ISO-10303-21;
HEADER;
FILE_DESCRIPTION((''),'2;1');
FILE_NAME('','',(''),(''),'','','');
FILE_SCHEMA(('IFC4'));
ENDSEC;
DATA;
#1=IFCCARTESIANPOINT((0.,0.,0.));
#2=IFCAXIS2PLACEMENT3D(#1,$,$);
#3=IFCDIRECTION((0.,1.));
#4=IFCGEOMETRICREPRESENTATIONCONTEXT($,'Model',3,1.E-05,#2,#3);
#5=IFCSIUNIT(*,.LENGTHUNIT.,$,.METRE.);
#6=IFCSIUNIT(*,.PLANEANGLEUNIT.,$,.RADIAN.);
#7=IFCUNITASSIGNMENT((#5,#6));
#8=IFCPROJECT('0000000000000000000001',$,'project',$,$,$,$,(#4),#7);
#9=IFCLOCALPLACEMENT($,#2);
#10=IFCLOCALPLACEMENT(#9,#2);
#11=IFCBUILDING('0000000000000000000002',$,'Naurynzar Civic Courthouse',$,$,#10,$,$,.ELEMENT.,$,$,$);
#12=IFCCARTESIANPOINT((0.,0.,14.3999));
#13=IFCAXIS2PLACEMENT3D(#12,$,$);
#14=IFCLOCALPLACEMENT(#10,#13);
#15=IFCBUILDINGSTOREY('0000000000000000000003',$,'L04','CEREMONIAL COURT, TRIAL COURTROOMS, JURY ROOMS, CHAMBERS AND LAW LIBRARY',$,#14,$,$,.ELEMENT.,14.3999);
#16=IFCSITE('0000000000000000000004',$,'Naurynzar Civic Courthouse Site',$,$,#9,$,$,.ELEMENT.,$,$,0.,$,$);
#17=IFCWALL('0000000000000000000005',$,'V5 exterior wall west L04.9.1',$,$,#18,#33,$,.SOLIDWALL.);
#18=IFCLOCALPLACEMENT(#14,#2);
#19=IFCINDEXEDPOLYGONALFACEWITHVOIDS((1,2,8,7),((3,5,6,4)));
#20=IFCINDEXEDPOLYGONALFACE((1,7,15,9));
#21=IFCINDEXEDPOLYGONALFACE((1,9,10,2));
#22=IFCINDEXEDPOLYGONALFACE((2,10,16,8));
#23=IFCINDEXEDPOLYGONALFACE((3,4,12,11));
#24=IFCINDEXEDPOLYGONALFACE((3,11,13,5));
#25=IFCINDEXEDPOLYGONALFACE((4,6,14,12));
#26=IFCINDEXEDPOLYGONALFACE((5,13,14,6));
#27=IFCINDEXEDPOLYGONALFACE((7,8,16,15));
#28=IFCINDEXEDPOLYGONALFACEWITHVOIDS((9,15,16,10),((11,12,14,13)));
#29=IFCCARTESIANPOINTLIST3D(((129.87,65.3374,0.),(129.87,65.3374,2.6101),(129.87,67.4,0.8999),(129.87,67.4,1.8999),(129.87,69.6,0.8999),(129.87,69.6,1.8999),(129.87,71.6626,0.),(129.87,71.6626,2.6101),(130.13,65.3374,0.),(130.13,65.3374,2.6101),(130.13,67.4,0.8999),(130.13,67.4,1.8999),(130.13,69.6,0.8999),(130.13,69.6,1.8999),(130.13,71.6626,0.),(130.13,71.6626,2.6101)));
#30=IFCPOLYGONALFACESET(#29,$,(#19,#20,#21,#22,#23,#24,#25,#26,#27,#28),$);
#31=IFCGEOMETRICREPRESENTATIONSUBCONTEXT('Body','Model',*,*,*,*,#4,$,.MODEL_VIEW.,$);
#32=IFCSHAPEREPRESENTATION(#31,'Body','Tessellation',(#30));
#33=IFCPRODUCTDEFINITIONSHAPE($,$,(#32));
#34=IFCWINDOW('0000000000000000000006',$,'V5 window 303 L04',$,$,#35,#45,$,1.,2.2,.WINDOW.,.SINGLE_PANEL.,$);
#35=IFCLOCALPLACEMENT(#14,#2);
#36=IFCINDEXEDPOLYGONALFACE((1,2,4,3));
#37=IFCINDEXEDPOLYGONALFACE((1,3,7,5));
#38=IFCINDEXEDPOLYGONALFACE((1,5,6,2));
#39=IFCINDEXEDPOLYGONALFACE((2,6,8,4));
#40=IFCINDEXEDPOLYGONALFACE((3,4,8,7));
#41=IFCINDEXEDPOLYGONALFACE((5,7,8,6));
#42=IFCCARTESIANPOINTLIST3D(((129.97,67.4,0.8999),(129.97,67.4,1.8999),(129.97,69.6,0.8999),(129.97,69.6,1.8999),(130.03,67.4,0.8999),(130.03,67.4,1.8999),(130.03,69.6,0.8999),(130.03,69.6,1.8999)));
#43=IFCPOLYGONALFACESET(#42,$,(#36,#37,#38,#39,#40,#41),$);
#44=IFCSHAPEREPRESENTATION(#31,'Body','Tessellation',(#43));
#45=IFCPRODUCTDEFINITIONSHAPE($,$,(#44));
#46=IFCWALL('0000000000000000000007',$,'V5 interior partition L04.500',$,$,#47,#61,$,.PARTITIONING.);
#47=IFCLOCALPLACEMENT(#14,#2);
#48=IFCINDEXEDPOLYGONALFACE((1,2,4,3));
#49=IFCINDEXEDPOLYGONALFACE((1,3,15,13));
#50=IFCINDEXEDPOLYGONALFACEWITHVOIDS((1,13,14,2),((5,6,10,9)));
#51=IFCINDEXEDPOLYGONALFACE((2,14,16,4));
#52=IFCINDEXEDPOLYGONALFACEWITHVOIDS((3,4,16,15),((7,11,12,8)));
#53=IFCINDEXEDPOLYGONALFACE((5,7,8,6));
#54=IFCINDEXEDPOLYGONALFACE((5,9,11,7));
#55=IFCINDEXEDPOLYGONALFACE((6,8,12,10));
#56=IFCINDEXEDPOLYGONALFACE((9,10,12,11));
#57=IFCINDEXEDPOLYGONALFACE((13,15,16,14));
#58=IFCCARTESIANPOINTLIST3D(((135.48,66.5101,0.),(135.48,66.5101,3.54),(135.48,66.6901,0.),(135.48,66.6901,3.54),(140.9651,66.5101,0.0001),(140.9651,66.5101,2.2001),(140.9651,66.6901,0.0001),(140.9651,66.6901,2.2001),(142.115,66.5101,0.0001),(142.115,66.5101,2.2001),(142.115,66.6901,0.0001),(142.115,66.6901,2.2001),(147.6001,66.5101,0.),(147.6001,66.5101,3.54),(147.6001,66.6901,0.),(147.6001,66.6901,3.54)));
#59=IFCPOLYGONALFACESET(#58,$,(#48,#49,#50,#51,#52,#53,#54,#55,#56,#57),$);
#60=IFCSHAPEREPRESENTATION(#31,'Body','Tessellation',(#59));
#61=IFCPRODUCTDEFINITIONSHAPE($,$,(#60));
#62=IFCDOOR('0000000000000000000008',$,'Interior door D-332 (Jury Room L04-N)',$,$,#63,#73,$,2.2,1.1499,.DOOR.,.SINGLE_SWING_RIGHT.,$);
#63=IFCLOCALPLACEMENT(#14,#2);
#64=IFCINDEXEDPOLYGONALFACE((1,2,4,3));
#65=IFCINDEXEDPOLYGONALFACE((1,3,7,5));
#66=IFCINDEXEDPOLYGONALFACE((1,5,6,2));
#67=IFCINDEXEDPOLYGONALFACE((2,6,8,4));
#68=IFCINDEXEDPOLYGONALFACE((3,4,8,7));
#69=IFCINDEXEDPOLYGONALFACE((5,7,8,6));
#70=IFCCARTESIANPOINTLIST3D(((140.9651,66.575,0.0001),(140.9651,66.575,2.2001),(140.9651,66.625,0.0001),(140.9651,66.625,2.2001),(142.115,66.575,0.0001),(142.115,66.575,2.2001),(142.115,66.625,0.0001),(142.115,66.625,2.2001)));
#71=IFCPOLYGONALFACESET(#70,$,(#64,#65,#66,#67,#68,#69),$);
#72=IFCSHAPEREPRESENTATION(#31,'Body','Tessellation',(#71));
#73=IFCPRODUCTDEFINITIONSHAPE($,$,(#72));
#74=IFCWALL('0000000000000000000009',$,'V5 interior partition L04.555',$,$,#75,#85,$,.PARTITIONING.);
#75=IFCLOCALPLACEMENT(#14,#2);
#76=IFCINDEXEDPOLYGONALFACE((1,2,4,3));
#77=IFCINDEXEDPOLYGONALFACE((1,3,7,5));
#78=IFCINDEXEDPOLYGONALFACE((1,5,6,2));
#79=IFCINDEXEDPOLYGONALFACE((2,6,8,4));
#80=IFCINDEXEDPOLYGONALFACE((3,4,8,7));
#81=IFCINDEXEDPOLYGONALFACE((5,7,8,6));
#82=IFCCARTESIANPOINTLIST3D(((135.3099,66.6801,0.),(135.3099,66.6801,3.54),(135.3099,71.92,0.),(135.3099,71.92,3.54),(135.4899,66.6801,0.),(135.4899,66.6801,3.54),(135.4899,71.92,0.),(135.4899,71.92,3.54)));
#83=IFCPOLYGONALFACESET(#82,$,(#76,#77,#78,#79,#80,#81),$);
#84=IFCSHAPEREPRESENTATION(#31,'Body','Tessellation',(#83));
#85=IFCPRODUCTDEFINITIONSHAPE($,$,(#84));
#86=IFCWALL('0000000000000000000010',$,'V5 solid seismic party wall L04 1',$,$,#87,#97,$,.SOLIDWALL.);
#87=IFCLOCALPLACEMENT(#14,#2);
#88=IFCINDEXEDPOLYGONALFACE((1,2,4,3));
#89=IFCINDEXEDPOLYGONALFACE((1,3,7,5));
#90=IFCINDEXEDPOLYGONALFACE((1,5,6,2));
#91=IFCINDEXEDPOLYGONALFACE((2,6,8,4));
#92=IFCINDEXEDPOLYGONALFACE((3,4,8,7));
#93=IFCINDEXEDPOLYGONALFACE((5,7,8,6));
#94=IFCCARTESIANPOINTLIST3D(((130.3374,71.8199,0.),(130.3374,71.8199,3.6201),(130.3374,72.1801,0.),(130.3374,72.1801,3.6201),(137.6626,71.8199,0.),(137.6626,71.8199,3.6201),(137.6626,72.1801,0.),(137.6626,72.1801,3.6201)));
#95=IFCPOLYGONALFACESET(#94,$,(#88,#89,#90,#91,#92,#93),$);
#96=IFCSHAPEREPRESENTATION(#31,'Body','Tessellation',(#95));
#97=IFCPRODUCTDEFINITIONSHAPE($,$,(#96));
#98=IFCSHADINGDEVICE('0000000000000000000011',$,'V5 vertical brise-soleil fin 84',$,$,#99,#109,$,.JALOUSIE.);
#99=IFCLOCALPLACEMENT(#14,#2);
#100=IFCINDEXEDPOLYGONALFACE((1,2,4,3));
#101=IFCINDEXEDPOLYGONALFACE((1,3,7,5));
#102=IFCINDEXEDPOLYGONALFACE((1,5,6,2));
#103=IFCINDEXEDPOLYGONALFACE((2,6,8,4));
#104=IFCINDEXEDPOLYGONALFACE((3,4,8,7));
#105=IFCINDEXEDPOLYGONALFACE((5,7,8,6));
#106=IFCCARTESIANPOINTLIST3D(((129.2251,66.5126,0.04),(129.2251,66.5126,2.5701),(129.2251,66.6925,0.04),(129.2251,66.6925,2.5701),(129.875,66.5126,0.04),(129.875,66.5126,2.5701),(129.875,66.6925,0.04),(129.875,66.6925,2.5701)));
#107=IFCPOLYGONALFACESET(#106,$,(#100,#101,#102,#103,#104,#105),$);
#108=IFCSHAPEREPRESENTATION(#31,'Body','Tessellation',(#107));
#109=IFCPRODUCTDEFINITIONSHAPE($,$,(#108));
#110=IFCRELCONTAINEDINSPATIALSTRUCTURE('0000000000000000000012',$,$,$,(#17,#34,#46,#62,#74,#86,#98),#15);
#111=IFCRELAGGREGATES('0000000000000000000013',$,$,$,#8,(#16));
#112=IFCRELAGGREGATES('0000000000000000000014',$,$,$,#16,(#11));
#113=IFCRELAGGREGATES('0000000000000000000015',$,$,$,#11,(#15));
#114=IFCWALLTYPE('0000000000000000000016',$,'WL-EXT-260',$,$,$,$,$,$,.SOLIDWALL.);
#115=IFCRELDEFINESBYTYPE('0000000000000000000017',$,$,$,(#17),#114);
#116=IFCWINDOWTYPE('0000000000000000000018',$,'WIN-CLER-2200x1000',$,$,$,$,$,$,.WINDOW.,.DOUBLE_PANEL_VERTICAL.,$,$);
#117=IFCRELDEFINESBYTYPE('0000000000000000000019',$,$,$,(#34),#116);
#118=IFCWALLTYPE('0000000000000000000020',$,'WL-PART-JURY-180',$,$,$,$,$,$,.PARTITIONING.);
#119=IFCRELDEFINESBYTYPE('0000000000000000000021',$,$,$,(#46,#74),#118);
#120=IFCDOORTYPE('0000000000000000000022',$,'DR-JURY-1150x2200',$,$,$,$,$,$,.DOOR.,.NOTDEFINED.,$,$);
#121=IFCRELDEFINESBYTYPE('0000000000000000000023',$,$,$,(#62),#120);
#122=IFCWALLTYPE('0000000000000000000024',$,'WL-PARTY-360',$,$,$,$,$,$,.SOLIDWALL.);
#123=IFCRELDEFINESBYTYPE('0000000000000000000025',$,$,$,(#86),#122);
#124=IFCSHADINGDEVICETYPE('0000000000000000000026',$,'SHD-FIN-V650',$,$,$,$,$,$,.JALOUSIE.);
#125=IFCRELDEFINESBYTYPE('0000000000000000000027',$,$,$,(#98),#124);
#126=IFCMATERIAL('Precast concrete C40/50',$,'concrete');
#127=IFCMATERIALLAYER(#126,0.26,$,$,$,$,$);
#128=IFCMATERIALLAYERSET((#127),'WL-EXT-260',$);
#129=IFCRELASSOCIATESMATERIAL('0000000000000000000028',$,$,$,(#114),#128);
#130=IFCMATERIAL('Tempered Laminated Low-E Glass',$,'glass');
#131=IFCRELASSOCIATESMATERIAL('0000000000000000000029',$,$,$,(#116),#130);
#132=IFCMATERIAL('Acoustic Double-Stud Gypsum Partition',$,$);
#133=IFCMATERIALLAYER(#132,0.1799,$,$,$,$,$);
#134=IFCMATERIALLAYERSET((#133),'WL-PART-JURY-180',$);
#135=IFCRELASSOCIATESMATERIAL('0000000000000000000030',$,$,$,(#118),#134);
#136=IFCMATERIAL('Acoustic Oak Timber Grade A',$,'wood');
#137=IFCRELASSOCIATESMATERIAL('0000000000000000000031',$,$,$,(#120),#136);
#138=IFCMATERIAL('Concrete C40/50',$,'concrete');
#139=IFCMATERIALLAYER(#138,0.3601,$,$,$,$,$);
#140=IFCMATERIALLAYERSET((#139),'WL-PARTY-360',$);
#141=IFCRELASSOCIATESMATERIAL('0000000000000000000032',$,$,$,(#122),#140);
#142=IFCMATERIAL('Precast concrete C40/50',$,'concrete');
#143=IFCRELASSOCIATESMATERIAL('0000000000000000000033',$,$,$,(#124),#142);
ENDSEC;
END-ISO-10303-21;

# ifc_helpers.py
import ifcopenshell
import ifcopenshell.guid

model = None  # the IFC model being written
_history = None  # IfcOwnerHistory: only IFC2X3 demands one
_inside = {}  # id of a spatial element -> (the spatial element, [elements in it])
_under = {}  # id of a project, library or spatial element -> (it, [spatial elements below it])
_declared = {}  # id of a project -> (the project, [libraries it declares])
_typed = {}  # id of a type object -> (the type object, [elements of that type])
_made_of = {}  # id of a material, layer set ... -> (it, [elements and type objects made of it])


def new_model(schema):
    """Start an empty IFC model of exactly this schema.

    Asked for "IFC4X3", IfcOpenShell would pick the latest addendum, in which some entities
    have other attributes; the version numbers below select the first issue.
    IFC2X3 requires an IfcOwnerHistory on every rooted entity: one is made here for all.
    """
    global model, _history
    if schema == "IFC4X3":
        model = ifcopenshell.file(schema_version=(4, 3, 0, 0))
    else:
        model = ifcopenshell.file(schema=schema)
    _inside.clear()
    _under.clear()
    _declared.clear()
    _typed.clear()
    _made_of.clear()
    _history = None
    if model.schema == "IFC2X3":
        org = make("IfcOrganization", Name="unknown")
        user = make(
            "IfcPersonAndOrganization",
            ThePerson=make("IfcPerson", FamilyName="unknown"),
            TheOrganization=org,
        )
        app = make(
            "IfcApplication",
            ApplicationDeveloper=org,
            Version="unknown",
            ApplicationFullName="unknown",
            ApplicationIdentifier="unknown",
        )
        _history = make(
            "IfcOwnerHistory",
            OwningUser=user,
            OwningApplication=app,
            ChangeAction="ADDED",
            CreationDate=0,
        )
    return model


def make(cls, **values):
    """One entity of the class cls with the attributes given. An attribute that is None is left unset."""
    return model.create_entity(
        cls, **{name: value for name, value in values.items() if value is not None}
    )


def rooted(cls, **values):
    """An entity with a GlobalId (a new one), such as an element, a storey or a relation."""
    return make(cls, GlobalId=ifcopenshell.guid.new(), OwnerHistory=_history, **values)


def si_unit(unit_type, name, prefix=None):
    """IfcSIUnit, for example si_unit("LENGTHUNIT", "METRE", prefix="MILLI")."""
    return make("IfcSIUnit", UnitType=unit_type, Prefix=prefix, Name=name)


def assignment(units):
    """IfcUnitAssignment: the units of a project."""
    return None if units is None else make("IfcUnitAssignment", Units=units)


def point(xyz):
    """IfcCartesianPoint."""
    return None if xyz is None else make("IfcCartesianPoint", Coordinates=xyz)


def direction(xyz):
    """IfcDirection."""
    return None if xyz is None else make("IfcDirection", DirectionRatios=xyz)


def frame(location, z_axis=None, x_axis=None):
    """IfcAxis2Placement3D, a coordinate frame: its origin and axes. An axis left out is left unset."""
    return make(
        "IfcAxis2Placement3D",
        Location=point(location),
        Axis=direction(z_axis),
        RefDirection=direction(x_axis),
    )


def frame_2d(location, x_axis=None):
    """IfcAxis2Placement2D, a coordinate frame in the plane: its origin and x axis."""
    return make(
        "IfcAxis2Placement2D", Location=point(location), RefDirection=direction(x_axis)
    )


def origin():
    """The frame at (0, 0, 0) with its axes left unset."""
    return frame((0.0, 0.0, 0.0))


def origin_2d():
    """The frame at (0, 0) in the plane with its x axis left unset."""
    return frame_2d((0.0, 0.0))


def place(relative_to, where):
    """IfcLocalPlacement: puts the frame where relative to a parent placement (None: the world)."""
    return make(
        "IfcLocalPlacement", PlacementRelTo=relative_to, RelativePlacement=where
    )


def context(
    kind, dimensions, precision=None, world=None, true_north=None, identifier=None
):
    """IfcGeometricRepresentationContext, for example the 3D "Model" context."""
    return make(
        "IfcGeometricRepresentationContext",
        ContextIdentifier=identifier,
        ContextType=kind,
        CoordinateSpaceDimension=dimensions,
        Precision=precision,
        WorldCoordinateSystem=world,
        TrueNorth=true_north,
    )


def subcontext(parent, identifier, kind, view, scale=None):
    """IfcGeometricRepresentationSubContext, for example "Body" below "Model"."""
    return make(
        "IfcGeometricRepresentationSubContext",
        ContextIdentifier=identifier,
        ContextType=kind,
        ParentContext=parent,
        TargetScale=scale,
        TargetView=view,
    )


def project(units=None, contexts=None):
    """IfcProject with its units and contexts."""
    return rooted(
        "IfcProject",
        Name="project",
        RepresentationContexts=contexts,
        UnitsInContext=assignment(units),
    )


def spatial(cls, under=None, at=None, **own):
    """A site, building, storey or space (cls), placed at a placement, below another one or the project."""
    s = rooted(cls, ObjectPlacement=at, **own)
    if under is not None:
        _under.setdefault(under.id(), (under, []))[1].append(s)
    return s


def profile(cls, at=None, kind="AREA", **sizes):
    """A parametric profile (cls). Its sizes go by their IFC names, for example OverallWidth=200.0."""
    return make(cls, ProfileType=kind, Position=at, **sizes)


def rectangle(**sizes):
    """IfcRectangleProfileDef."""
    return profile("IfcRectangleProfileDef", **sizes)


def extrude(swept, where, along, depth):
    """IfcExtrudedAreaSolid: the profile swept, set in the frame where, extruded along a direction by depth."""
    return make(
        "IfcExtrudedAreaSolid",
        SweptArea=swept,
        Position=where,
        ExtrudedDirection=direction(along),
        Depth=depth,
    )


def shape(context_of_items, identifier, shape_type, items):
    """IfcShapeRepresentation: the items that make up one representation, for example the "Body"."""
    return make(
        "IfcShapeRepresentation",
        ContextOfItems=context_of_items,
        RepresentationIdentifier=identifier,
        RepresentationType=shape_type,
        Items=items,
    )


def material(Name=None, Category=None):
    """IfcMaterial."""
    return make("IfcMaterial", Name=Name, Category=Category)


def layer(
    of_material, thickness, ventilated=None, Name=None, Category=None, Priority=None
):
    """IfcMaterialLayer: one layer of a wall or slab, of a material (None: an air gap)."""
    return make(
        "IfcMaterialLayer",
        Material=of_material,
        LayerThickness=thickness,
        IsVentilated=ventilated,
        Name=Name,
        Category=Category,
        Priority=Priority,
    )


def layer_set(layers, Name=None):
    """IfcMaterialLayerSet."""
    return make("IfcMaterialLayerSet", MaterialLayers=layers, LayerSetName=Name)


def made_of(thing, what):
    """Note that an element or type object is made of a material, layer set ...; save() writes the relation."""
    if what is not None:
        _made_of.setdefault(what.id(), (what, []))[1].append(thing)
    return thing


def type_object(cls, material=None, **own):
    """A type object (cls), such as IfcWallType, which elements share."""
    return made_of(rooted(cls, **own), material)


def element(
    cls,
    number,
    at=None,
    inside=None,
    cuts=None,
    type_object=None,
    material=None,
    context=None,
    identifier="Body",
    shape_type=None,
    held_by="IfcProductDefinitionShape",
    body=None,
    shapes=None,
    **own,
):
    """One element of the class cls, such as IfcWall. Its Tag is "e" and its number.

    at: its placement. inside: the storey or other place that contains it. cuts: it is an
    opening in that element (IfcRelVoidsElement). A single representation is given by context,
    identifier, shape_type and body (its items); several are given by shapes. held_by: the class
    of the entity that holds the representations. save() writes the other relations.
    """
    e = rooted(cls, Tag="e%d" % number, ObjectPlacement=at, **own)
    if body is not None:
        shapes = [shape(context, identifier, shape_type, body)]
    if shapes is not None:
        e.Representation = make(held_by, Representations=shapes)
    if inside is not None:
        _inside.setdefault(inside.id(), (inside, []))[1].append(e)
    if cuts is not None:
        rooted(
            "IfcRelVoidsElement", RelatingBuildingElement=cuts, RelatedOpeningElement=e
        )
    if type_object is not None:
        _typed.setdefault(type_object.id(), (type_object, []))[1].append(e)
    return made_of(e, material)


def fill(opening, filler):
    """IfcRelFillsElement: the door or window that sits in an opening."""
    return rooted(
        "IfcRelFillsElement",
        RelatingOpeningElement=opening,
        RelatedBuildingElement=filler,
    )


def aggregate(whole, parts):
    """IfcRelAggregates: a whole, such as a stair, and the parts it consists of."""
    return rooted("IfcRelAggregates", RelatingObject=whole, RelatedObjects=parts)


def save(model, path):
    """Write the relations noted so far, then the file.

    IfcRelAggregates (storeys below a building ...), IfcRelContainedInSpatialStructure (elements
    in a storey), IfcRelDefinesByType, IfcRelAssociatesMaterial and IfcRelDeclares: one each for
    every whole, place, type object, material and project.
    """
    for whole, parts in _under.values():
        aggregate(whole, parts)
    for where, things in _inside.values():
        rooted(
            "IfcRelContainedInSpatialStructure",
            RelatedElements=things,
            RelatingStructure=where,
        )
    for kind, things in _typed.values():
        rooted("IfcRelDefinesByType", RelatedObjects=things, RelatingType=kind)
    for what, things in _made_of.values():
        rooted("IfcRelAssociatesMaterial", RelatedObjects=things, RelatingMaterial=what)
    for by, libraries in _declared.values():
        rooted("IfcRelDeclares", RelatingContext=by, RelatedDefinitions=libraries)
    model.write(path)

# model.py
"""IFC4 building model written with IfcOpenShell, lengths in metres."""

from ifc_helpers import new_model, si_unit, direction, frame, frame_2d, origin, origin_2d, place, context, subcontext, project, spatial, rectangle, extrude, material, layer, layer_set, type_object, element, fill, save


model = new_model("IFC4")

# Units and contexts
model_context = context("Model", 3, precision=1e-05, world=origin(), true_north=direction((0.0, 1.0)))
body_context = subcontext(model_context, "Body", "Model", "MODEL_VIEW")
ifc_project = project(units=[si_unit("LENGTHUNIT", "METRE"), si_unit("PLANEANGLEUNIT", "RADIAN")], contexts=[model_context])

# Site, building, storey
site_placement = place(None, origin())
site = spatial("IfcSite", under=ifc_project, at=site_placement, Name="Naurynzar Civic Courthouse Site", CompositionType="ELEMENT", RefElevation=0.0)
building_placement = place(site_placement, origin())
building = spatial("IfcBuilding", under=site, at=building_placement, Name="Naurynzar Civic Courthouse", CompositionType="ELEMENT")
storey_placement = place(building_placement, frame((0.0, 0.0, 14.3999)))
storey = spatial("IfcBuildingStorey", under=building, at=storey_placement, Name="L04", Description="CEREMONIAL COURT, TRIAL COURTROOMS, JURY ROOMS, CHAMBERS AND LAW LIBRARY", CompositionType="ELEMENT", Elevation=14.3999)

# Wall, opening, window
ifc_material_1 = material(Name="Precast concrete C40/50", Category="concrete")
ifc_layer_1 = layer(ifc_material_1, 0.26)
ifc_layer_set_1 = layer_set([ifc_layer_1], Name="WL-EXT-260")
wall_type_1 = type_object("IfcWallType", Name="WL-EXT-260", PredefinedType="SOLIDWALL", material=ifc_layer_set_1)
wall_1_placement = place(storey_placement, frame((130.0, 65.3374, 0.0), z_axis=(0.0, 0.0, 1.0), x_axis=(0.0, 1.0, 0.0)))
wall_1 = element("IfcWall", 1, at=wall_1_placement, inside=storey, type_object=wall_type_1, Name="V5 exterior wall west L04.9.1", PredefinedType="SOLIDWALL", context=body_context, shape_type="SweptSolid", body=[
    extrude(rectangle(XDim=6.3252, YDim=0.26, at=frame_2d((3.1626, 0.0))), origin(), (0.0, 0.0, 1.0), 2.6101),
])
opening_1_placement = place(wall_1_placement, frame((2.0625, 0.0, 0.8999)))
opening_1 = element("IfcOpeningElement", 2, at=opening_1_placement, cuts=wall_1, PredefinedType="OPENING", context=body_context, shape_type="SweptSolid", body=[
    extrude(rectangle(XDim=2.2, YDim=1.0, at=frame_2d((1.1001, 0.5))), frame((0.0, 0.1399, 0.0), z_axis=(0.0, -1.0, 0.0), x_axis=(1.0, 0.0, 0.0)), (0.0, 0.0, 1.0), 0.28),
])
ifc_material_2 = material(Name="Tempered Laminated Low-E Glass", Category="glass")
window_type = type_object("IfcWindowType", Name="WIN-CLER-2200x1000", PartitioningType="DOUBLE_PANEL_VERTICAL", PredefinedType="WINDOW", material=ifc_material_2)
window_placement = place(opening_1_placement, origin())
window = element("IfcWindow", 3, at=window_placement, inside=storey, type_object=window_type, Name="V5 window 303 L04", OverallHeight=1.0, OverallWidth=2.2, PartitioningType="SINGLE_PANEL", PredefinedType="WINDOW", context=body_context, shape_type="SweptSolid", body=[
    extrude(rectangle(XDim=2.2, YDim=1.0, at=frame_2d((1.1001, 0.5))), frame((0.0, 0.03, 0.0), z_axis=(0.0, -1.0, 0.0), x_axis=(1.0, 0.0, 0.0)), (0.0, 0.0, 1.0), 0.0601),
])
fill(opening_1, window)

# Wall, opening, door
ifc_material_3 = material(Name="Acoustic Double-Stud Gypsum Partition")
ifc_layer_2 = layer(ifc_material_3, 0.1799)
ifc_layer_set_2 = layer_set([ifc_layer_2], Name="WL-PART-JURY-180")
wall_type_2 = type_object("IfcWallType", Name="WL-PART-JURY-180", PredefinedType="PARTITIONING", material=ifc_layer_set_2)
wall_2_placement = place(storey_placement, frame((135.48, 66.6001, 0.0), z_axis=(0.0, 0.0, 1.0), x_axis=(1.0, 0.0, 0.0)))
wall_2 = element("IfcWall", 4, at=wall_2_placement, inside=storey, type_object=wall_type_2, Name="V5 interior partition L04.500", PredefinedType="PARTITIONING", context=body_context, shape_type="SweptSolid", body=[
    extrude(rectangle(XDim=12.1201, YDim=0.1799, at=frame_2d((6.0601, 0.0))), origin(), (0.0, 0.0, 1.0), 3.54),
])
opening_2_placement = place(wall_2_placement, frame((5.4851, 0.0, 0.0)))
opening_2 = element("IfcOpeningElement", 5, at=opening_2_placement, cuts=wall_2, PredefinedType="OPENING", context=body_context, shape_type="SweptSolid", body=[
    extrude(rectangle(XDim=1.1499, YDim=2.2, at=frame_2d((0.575, 1.1001))), frame((0.0, 0.0999, 0.0), z_axis=(0.0, -1.0, 0.0), x_axis=(1.0, 0.0, 0.0)), (0.0, 0.0, 1.0), 0.2),
])
ifc_material_4 = material(Name="Acoustic Oak Timber Grade A", Category="wood")
door_type_1 = type_object("IfcDoorType", Name="DR-JURY-1150x2200", OperationType="NOTDEFINED", PredefinedType="DOOR", material=ifc_material_4)
door_1_placement = place(opening_2_placement, origin())
door_1 = element("IfcDoor", 6, at=door_1_placement, inside=storey, type_object=door_type_1, Name="Interior door D-332 (Jury Room L04-N)", OperationType="SINGLE_SWING_RIGHT", OverallHeight=2.2, OverallWidth=1.1499, PredefinedType="DOOR", context=body_context, shape_type="SweptSolid", body=[
    extrude(rectangle(XDim=1.1499, YDim=2.2, at=frame_2d((0.575, 1.1001))), frame((0.0, 0.0249, 0.0), z_axis=(0.0, -1.0, 0.0), x_axis=(1.0, 0.0, 0.0)), (0.0, 0.0, 1.0), 0.05),
])
fill(opening_2, door_1)

# Walls
wall_3_placement = place(storey_placement, frame((135.3999, 66.6799, 0.0), z_axis=(0.0, 0.0, 1.0), x_axis=(0.0, 1.0, 0.0)))
element("IfcWall", 7, at=wall_3_placement, inside=storey, type_object=wall_type_2, Name="V5 interior partition L04.555", PredefinedType="PARTITIONING", context=body_context, shape_type="SweptSolid", body=[
    extrude(rectangle(XDim=5.24, YDim=0.1799, at=frame_2d((2.6201, 0.0))), origin(), (0.0, 0.0, 1.0), 3.54),
])
ifc_material_5 = material(Name="Concrete C40/50", Category="concrete")
ifc_layer_3 = layer(ifc_material_5, 0.3601)
ifc_layer_set_3 = layer_set([ifc_layer_3], Name="WL-PARTY-360")
wall_type_3 = type_object("IfcWallType", Name="WL-PARTY-360", PredefinedType="SOLIDWALL", material=ifc_layer_set_3)
wall_4_placement = place(storey_placement, frame((130.3374, 72.0, 0.0), z_axis=(0.0, 0.0, 1.0), x_axis=(1.0, 0.0, 0.0)))
element("IfcWall", 8, at=wall_4_placement, inside=storey, type_object=wall_type_3, Name="V5 solid seismic party wall L04 1", PredefinedType="SOLIDWALL", context=body_context, shape_type="SweptSolid", body=[
    extrude(rectangle(XDim=7.3252, YDim=0.3601, at=frame_2d((3.6626, 0.0))), origin(), (0.0, 0.0, 1.0), 3.6201),
])

# Shading device
ifc_material_6 = material(Name="Precast concrete C40/50", Category="concrete")
shading_device_type = type_object("IfcShadingDeviceType", Name="SHD-FIN-V650", PredefinedType="JALOUSIE", material=ifc_material_6)
shading_device_placement = place(storey_placement, frame((129.55, 66.6025, 0.04), z_axis=(0.0, 0.0, 1.0), x_axis=(0.0, 1.0, 0.0)))
element("IfcShadingDevice", 9, at=shading_device_placement, inside=storey, type_object=shading_device_type, Name="V5 vertical brise-soleil fin 84", PredefinedType="JALOUSIE", context=body_context, shape_type="SweptSolid", body=[
    extrude(rectangle(XDim=0.1799, YDim=0.6499, at=origin_2d()), origin(), (0.0, 0.0, 1.0), 2.53),
])

save(model, "model.ifc")
